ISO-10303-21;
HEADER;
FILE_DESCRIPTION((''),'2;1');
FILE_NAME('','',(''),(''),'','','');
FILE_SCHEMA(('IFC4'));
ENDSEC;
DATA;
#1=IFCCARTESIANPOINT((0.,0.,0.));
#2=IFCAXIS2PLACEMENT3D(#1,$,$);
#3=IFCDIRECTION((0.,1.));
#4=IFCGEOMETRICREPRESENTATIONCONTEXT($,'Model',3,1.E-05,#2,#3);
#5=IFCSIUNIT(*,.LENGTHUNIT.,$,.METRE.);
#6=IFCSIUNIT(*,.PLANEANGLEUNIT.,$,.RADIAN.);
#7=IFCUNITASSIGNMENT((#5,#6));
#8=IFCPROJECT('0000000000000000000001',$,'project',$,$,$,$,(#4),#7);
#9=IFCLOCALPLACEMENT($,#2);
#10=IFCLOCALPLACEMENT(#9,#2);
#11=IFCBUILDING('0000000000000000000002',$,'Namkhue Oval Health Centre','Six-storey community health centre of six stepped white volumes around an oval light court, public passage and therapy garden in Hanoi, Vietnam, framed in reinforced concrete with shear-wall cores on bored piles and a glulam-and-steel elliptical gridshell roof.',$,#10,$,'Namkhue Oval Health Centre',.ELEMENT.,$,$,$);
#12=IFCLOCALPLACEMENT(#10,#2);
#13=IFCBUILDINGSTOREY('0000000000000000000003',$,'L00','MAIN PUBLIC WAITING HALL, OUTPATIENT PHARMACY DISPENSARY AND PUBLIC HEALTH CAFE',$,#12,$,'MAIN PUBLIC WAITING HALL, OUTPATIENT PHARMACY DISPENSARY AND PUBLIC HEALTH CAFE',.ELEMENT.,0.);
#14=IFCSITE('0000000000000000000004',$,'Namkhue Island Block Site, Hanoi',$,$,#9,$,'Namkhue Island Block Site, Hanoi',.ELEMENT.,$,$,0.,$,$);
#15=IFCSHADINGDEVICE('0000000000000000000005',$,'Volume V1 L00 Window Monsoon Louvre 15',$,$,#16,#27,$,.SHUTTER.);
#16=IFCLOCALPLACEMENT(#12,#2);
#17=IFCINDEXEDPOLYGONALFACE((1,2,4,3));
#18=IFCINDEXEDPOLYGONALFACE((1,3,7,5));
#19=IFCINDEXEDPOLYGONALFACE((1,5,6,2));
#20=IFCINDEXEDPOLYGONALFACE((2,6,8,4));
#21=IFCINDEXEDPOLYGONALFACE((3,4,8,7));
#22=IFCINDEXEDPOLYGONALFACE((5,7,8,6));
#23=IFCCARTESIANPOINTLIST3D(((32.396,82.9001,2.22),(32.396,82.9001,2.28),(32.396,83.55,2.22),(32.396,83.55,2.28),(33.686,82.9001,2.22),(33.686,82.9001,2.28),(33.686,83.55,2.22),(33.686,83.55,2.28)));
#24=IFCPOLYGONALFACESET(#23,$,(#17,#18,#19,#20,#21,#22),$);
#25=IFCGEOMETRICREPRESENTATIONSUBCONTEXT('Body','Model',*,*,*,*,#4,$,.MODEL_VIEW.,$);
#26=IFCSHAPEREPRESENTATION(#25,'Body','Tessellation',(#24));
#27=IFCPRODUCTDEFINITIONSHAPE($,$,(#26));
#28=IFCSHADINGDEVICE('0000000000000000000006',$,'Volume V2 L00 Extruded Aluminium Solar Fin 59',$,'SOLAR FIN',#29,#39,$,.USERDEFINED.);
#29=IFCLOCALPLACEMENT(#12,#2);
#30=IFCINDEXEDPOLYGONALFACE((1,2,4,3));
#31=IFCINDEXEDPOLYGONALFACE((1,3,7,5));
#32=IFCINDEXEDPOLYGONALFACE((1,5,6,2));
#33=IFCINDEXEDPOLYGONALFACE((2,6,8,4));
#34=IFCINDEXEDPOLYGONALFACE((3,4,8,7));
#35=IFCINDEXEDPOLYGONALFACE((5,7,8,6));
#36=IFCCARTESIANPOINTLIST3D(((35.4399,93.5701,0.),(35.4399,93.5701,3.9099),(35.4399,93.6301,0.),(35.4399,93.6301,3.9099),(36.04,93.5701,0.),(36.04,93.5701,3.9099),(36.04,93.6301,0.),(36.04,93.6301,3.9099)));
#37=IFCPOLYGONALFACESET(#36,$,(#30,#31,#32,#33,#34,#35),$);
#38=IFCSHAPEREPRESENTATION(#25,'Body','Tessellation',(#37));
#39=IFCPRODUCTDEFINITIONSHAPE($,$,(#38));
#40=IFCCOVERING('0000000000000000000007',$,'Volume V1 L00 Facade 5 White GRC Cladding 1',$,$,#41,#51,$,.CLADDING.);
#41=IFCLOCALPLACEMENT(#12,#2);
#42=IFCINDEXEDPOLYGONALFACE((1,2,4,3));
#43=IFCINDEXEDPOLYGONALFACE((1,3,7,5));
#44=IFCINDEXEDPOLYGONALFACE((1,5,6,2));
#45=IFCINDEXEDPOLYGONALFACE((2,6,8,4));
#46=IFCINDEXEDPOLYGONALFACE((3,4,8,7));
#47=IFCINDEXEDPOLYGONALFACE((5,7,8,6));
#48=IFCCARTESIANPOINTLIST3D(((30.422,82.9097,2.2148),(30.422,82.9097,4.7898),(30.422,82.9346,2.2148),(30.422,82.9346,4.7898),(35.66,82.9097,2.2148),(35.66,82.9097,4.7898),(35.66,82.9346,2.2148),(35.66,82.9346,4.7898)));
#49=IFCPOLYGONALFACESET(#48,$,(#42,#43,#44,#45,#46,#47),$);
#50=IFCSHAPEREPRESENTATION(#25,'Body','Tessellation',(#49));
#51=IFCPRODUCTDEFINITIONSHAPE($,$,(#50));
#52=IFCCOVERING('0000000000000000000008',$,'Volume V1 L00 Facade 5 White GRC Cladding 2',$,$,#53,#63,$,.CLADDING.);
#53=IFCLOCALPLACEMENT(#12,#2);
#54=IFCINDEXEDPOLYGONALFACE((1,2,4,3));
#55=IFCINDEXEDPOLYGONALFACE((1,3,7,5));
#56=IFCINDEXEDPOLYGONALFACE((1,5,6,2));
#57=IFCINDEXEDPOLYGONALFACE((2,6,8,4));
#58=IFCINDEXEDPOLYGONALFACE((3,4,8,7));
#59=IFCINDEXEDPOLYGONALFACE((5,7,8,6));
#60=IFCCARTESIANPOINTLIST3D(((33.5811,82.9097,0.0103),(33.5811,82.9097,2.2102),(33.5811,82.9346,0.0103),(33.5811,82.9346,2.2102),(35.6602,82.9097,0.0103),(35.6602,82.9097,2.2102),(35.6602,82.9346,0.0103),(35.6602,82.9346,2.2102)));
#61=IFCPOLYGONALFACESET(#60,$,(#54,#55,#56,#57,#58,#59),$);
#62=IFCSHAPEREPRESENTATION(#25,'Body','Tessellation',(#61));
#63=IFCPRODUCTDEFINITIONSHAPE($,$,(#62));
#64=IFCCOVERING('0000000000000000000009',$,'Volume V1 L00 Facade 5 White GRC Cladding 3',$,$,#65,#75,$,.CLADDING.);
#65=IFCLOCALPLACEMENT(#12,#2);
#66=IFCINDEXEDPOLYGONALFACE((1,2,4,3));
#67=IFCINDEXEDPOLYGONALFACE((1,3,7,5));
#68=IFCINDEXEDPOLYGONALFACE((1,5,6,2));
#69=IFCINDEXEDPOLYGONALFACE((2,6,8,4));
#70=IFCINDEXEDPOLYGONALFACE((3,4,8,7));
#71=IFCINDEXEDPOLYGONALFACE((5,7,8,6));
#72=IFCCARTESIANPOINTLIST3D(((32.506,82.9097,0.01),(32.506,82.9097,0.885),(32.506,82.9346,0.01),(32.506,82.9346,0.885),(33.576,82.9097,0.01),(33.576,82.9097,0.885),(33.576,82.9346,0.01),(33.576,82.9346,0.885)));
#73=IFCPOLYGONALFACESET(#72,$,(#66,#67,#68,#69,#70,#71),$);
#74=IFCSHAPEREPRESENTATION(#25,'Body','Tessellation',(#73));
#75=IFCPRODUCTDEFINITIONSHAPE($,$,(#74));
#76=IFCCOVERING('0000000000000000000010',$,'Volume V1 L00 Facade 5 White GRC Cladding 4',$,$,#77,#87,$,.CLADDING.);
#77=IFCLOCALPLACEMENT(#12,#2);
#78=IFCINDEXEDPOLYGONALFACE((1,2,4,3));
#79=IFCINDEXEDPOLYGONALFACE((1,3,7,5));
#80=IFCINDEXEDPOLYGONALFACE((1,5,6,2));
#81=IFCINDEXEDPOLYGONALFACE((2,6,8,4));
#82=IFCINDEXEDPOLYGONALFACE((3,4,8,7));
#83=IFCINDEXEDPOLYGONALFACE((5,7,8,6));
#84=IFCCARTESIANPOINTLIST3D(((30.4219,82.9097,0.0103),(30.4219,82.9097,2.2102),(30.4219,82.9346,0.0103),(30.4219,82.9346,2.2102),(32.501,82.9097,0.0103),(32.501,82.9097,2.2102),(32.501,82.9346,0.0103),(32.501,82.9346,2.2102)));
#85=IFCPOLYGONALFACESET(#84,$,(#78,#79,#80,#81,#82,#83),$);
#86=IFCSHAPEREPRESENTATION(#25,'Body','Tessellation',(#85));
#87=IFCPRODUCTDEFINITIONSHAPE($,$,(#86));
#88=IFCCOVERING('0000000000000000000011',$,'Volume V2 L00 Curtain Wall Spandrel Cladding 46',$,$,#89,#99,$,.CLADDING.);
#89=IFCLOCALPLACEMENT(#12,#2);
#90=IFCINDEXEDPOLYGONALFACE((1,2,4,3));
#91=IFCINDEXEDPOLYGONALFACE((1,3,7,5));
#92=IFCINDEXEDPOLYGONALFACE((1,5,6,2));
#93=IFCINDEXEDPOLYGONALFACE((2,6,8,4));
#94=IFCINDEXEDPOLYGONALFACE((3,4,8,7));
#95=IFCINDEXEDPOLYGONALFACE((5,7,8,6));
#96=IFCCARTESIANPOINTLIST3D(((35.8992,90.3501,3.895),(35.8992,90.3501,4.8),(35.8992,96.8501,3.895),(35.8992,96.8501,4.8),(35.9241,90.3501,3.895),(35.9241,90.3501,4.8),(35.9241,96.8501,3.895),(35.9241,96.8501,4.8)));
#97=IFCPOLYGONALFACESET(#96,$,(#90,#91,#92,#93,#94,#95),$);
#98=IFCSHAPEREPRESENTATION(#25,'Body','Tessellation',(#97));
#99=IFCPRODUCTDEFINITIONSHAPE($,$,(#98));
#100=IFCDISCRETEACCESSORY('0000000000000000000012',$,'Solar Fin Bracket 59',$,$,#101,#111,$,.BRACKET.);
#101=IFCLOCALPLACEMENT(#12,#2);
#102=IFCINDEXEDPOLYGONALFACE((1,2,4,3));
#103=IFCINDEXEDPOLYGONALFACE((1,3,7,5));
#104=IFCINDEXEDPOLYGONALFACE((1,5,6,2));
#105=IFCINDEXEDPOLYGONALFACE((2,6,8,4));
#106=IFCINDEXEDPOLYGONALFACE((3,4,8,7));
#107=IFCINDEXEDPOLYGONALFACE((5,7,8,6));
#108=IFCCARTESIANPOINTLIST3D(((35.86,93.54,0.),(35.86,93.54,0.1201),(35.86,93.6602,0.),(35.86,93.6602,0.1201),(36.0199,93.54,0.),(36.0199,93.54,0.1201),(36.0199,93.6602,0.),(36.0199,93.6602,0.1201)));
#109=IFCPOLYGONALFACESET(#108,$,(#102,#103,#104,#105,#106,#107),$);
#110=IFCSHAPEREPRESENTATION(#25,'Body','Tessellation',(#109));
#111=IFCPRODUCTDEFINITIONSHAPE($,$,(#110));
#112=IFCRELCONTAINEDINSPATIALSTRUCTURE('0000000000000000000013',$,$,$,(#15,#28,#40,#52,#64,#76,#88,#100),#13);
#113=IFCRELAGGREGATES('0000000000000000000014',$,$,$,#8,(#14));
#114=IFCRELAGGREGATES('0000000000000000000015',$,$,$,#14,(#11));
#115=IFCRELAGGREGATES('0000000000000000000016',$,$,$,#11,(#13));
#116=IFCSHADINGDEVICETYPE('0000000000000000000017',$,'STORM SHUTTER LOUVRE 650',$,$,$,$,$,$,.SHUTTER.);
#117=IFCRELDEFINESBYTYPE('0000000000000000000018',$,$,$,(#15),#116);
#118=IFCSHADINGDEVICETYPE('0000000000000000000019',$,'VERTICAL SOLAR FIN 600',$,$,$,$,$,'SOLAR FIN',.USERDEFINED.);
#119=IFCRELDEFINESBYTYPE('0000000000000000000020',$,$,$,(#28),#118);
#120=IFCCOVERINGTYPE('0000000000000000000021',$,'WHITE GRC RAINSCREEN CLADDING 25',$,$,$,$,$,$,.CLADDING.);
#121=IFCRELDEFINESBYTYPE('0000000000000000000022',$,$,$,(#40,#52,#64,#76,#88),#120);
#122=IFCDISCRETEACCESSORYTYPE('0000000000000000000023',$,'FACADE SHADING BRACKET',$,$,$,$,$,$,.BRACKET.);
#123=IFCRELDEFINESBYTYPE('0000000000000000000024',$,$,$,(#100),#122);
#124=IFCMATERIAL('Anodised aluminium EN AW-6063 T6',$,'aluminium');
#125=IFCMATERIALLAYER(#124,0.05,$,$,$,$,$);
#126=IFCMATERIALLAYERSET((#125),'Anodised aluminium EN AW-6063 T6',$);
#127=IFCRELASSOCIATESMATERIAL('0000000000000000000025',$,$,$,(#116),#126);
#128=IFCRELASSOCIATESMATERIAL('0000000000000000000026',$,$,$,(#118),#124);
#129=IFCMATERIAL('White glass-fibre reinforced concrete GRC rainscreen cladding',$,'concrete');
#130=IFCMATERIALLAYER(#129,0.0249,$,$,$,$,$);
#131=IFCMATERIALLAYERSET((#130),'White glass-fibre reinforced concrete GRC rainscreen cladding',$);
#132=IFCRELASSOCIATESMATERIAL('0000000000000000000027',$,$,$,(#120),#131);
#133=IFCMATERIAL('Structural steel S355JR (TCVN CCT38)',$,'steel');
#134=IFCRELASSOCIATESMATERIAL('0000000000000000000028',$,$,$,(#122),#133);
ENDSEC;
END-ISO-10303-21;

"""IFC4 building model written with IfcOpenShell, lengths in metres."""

from ifc_helpers import new_model, si_unit, direction, frame, origin, origin_2d, place, context, subcontext, project, spatial, rectangle, extrude, material, layer, layer_set, type_object, element, save


model = new_model("IFC4")

# Units and contexts
model_context = context("Model", 3, precision=1e-05, world=origin(), true_north=direction((0.0, 1.0)))
body_context = subcontext(model_context, "Body", "Model", "MODEL_VIEW")
ifc_project = project(units=[si_unit("LENGTHUNIT", "METRE"), si_unit("PLANEANGLEUNIT", "RADIAN")], contexts=[model_context])

# Site, building, storey
site_placement = place(None, origin())
site = spatial("IfcSite", under=ifc_project, at=site_placement, Name="Namkhue Island Block Site, Hanoi", LongName="Namkhue Island Block Site, Hanoi", CompositionType="ELEMENT", RefElevation=0.0)
building_placement = place(site_placement, origin())
building = spatial("IfcBuilding", under=site, at=building_placement, Name="Namkhue Oval Health Centre", Description="Six-storey community health centre of six stepped white volumes around an oval light court, public passage and therapy garden in Hanoi, Vietnam, framed in reinforced concrete with shear-wall cores on bored piles and a glulam-and-steel elliptical gridshell roof.", LongName="Namkhue Oval Health Centre", CompositionType="ELEMENT")
storey_placement = place(building_placement, origin())
storey = spatial("IfcBuildingStorey", under=building, at=storey_placement, Name="L00", Description="MAIN PUBLIC WAITING HALL, OUTPATIENT PHARMACY DISPENSARY AND PUBLIC HEALTH CAFE", LongName="MAIN PUBLIC WAITING HALL, OUTPATIENT PHARMACY DISPENSARY AND PUBLIC HEALTH CAFE", CompositionType="ELEMENT", Elevation=0.0)

# Shading devices
ifc_material_1 = material(Name="Anodised aluminium EN AW-6063 T6", Category="aluminium")
ifc_layer_1 = layer(ifc_material_1, 0.05)
ifc_layer_set_1 = layer_set([ifc_layer_1], Name="Anodised aluminium EN AW-6063 T6")
shading_device_type_1 = type_object("IfcShadingDeviceType", Name="STORM SHUTTER LOUVRE 650", PredefinedType="SHUTTER", material=ifc_layer_set_1)
shading_device_1_placement = place(storey_placement, frame((33.041, 83.2251, 2.22), z_axis=(0.0, 0.0, 1.0), x_axis=(-1.0, 0.0, 0.0)))
element("IfcShadingDevice", 1, at=shading_device_1_placement, inside=storey, type_object=shading_device_type_1, Name="Volume V1 L00 Window Monsoon Louvre 15", PredefinedType="SHUTTER", context=body_context, shape_type="SweptSolid", body=[
    extrude(rectangle(XDim=1.29, YDim=0.6499, at=origin_2d()), origin(), (0.0, 0.0, 1.0), 0.0601),
])
shading_device_type_2 = type_object("IfcShadingDeviceType", Name="VERTICAL SOLAR FIN 600", ElementType="SOLAR FIN", PredefinedType="USERDEFINED", material=ifc_material_1)
shading_device_2_placement = place(storey_placement, frame((35.74, 93.6001, 0.0), z_axis=(0.0, 0.0, 1.0), x_axis=(-1.0, 0.0, 0.0)))
element("IfcShadingDevice", 2, at=shading_device_2_placement, inside=storey, type_object=shading_device_type_2, Name="Volume V2 L00 Extruded Aluminium Solar Fin 59", ObjectType="SOLAR FIN", PredefinedType="USERDEFINED", context=body_context, shape_type="SweptSolid", body=[
    extrude(rectangle(XDim=0.6001, YDim=0.0601, at=origin_2d()), origin(), (0.0, 0.0, 1.0), 3.9099),
])

# Coverings
ifc_material_2 = material(Name="White glass-fibre reinforced concrete GRC rainscreen cladding", Category="concrete")
ifc_layer_2 = layer(ifc_material_2, 0.0249)
ifc_layer_set_2 = layer_set([ifc_layer_2], Name="White glass-fibre reinforced concrete GRC rainscreen cladding")
covering_type = type_object("IfcCoveringType", Name="WHITE GRC RAINSCREEN CLADDING 25", PredefinedType="CLADDING", material=ifc_layer_set_2)
covering_1_placement = place(storey_placement, frame((33.041, 82.9221, 2.2148), z_axis=(0.0, 0.0, 1.0), x_axis=(-1.0, 0.0, 0.0)))
element("IfcCovering", 3, at=covering_1_placement, inside=storey, type_object=covering_type, Name="Volume V1 L00 Facade 5 White GRC Cladding 1", PredefinedType="CLADDING", context=body_context, shape_type="SweptSolid", body=[
    extrude(rectangle(XDim=5.238, YDim=0.0249, at=origin_2d()), origin(), (0.0, 0.0, 1.0), 2.575),
])
covering_2_placement = place(storey_placement, frame((34.6206, 82.9221, 0.0103), z_axis=(0.0, 0.0, 1.0), x_axis=(-1.0, 0.0, 0.0)))
element("IfcCovering", 4, at=covering_2_placement, inside=storey, type_object=covering_type, Name="Volume V1 L00 Facade 5 White GRC Cladding 2", PredefinedType="CLADDING", context=body_context, shape_type="SweptSolid", body=[
    extrude(rectangle(XDim=2.0791, YDim=0.0249, at=origin_2d()), origin(), (0.0, 0.0, 1.0), 2.2),
])
covering_3_placement = place(storey_placement, frame((33.041, 82.9221, 0.01), z_axis=(0.0, 0.0, 1.0), x_axis=(-1.0, 0.0, 0.0)))
element("IfcCovering", 5, at=covering_3_placement, inside=storey, type_object=covering_type, Name="Volume V1 L00 Facade 5 White GRC Cladding 3", PredefinedType="CLADDING", context=body_context, shape_type="SweptSolid", body=[
    extrude(rectangle(XDim=1.0701, YDim=0.0249, at=origin_2d()), origin(), (0.0, 0.0, 1.0), 0.875),
])
covering_4_placement = place(storey_placement, frame((31.4614, 82.9221, 0.0103), z_axis=(0.0, 0.0, 1.0), x_axis=(-1.0, 0.0, 0.0)))
element("IfcCovering", 6, at=covering_4_placement, inside=storey, type_object=covering_type, Name="Volume V1 L00 Facade 5 White GRC Cladding 4", PredefinedType="CLADDING", context=body_context, shape_type="SweptSolid", body=[
    extrude(rectangle(XDim=2.0791, YDim=0.0249, at=origin_2d()), origin(), (0.0, 0.0, 1.0), 2.2),
])
covering_5_placement = place(storey_placement, frame((35.9116, 93.6001, 3.895), z_axis=(0.0, 0.0, 1.0), x_axis=(0.0, -1.0, 0.0)))
element("IfcCovering", 7, at=covering_5_placement, inside=storey, type_object=covering_type, Name="Volume V2 L00 Curtain Wall Spandrel Cladding 46", PredefinedType="CLADDING", context=body_context, shape_type="SweptSolid", body=[
    extrude(rectangle(XDim=6.5, YDim=0.0249, at=origin_2d()), origin(), (0.0, 0.0, 1.0), 0.905),
])

# Discrete accessory
ifc_material_3 = material(Name="Structural steel S355JR (TCVN CCT38)", Category="steel")
discrete_accessory_type = type_object("IfcDiscreteAccessoryType", Name="FACADE SHADING BRACKET", PredefinedType="BRACKET", material=ifc_material_3)
discrete_accessory_placement = place(storey_placement, frame((35.9399, 93.6001, 0.0), z_axis=(0.0, 0.0, 1.0), x_axis=(-1.0, 0.0, 0.0)))
element("IfcDiscreteAccessory", 8, at=discrete_accessory_placement, inside=storey, type_object=discrete_accessory_type, Name="Solar Fin Bracket 59", PredefinedType="BRACKET", context=body_context, shape_type="SweptSolid", body=[
    extrude(rectangle(XDim=0.1599, YDim=0.1201, at=origin_2d()), origin(), (0.0, 0.0, 1.0), 0.1201),
])

save(model, "model.ifc")
